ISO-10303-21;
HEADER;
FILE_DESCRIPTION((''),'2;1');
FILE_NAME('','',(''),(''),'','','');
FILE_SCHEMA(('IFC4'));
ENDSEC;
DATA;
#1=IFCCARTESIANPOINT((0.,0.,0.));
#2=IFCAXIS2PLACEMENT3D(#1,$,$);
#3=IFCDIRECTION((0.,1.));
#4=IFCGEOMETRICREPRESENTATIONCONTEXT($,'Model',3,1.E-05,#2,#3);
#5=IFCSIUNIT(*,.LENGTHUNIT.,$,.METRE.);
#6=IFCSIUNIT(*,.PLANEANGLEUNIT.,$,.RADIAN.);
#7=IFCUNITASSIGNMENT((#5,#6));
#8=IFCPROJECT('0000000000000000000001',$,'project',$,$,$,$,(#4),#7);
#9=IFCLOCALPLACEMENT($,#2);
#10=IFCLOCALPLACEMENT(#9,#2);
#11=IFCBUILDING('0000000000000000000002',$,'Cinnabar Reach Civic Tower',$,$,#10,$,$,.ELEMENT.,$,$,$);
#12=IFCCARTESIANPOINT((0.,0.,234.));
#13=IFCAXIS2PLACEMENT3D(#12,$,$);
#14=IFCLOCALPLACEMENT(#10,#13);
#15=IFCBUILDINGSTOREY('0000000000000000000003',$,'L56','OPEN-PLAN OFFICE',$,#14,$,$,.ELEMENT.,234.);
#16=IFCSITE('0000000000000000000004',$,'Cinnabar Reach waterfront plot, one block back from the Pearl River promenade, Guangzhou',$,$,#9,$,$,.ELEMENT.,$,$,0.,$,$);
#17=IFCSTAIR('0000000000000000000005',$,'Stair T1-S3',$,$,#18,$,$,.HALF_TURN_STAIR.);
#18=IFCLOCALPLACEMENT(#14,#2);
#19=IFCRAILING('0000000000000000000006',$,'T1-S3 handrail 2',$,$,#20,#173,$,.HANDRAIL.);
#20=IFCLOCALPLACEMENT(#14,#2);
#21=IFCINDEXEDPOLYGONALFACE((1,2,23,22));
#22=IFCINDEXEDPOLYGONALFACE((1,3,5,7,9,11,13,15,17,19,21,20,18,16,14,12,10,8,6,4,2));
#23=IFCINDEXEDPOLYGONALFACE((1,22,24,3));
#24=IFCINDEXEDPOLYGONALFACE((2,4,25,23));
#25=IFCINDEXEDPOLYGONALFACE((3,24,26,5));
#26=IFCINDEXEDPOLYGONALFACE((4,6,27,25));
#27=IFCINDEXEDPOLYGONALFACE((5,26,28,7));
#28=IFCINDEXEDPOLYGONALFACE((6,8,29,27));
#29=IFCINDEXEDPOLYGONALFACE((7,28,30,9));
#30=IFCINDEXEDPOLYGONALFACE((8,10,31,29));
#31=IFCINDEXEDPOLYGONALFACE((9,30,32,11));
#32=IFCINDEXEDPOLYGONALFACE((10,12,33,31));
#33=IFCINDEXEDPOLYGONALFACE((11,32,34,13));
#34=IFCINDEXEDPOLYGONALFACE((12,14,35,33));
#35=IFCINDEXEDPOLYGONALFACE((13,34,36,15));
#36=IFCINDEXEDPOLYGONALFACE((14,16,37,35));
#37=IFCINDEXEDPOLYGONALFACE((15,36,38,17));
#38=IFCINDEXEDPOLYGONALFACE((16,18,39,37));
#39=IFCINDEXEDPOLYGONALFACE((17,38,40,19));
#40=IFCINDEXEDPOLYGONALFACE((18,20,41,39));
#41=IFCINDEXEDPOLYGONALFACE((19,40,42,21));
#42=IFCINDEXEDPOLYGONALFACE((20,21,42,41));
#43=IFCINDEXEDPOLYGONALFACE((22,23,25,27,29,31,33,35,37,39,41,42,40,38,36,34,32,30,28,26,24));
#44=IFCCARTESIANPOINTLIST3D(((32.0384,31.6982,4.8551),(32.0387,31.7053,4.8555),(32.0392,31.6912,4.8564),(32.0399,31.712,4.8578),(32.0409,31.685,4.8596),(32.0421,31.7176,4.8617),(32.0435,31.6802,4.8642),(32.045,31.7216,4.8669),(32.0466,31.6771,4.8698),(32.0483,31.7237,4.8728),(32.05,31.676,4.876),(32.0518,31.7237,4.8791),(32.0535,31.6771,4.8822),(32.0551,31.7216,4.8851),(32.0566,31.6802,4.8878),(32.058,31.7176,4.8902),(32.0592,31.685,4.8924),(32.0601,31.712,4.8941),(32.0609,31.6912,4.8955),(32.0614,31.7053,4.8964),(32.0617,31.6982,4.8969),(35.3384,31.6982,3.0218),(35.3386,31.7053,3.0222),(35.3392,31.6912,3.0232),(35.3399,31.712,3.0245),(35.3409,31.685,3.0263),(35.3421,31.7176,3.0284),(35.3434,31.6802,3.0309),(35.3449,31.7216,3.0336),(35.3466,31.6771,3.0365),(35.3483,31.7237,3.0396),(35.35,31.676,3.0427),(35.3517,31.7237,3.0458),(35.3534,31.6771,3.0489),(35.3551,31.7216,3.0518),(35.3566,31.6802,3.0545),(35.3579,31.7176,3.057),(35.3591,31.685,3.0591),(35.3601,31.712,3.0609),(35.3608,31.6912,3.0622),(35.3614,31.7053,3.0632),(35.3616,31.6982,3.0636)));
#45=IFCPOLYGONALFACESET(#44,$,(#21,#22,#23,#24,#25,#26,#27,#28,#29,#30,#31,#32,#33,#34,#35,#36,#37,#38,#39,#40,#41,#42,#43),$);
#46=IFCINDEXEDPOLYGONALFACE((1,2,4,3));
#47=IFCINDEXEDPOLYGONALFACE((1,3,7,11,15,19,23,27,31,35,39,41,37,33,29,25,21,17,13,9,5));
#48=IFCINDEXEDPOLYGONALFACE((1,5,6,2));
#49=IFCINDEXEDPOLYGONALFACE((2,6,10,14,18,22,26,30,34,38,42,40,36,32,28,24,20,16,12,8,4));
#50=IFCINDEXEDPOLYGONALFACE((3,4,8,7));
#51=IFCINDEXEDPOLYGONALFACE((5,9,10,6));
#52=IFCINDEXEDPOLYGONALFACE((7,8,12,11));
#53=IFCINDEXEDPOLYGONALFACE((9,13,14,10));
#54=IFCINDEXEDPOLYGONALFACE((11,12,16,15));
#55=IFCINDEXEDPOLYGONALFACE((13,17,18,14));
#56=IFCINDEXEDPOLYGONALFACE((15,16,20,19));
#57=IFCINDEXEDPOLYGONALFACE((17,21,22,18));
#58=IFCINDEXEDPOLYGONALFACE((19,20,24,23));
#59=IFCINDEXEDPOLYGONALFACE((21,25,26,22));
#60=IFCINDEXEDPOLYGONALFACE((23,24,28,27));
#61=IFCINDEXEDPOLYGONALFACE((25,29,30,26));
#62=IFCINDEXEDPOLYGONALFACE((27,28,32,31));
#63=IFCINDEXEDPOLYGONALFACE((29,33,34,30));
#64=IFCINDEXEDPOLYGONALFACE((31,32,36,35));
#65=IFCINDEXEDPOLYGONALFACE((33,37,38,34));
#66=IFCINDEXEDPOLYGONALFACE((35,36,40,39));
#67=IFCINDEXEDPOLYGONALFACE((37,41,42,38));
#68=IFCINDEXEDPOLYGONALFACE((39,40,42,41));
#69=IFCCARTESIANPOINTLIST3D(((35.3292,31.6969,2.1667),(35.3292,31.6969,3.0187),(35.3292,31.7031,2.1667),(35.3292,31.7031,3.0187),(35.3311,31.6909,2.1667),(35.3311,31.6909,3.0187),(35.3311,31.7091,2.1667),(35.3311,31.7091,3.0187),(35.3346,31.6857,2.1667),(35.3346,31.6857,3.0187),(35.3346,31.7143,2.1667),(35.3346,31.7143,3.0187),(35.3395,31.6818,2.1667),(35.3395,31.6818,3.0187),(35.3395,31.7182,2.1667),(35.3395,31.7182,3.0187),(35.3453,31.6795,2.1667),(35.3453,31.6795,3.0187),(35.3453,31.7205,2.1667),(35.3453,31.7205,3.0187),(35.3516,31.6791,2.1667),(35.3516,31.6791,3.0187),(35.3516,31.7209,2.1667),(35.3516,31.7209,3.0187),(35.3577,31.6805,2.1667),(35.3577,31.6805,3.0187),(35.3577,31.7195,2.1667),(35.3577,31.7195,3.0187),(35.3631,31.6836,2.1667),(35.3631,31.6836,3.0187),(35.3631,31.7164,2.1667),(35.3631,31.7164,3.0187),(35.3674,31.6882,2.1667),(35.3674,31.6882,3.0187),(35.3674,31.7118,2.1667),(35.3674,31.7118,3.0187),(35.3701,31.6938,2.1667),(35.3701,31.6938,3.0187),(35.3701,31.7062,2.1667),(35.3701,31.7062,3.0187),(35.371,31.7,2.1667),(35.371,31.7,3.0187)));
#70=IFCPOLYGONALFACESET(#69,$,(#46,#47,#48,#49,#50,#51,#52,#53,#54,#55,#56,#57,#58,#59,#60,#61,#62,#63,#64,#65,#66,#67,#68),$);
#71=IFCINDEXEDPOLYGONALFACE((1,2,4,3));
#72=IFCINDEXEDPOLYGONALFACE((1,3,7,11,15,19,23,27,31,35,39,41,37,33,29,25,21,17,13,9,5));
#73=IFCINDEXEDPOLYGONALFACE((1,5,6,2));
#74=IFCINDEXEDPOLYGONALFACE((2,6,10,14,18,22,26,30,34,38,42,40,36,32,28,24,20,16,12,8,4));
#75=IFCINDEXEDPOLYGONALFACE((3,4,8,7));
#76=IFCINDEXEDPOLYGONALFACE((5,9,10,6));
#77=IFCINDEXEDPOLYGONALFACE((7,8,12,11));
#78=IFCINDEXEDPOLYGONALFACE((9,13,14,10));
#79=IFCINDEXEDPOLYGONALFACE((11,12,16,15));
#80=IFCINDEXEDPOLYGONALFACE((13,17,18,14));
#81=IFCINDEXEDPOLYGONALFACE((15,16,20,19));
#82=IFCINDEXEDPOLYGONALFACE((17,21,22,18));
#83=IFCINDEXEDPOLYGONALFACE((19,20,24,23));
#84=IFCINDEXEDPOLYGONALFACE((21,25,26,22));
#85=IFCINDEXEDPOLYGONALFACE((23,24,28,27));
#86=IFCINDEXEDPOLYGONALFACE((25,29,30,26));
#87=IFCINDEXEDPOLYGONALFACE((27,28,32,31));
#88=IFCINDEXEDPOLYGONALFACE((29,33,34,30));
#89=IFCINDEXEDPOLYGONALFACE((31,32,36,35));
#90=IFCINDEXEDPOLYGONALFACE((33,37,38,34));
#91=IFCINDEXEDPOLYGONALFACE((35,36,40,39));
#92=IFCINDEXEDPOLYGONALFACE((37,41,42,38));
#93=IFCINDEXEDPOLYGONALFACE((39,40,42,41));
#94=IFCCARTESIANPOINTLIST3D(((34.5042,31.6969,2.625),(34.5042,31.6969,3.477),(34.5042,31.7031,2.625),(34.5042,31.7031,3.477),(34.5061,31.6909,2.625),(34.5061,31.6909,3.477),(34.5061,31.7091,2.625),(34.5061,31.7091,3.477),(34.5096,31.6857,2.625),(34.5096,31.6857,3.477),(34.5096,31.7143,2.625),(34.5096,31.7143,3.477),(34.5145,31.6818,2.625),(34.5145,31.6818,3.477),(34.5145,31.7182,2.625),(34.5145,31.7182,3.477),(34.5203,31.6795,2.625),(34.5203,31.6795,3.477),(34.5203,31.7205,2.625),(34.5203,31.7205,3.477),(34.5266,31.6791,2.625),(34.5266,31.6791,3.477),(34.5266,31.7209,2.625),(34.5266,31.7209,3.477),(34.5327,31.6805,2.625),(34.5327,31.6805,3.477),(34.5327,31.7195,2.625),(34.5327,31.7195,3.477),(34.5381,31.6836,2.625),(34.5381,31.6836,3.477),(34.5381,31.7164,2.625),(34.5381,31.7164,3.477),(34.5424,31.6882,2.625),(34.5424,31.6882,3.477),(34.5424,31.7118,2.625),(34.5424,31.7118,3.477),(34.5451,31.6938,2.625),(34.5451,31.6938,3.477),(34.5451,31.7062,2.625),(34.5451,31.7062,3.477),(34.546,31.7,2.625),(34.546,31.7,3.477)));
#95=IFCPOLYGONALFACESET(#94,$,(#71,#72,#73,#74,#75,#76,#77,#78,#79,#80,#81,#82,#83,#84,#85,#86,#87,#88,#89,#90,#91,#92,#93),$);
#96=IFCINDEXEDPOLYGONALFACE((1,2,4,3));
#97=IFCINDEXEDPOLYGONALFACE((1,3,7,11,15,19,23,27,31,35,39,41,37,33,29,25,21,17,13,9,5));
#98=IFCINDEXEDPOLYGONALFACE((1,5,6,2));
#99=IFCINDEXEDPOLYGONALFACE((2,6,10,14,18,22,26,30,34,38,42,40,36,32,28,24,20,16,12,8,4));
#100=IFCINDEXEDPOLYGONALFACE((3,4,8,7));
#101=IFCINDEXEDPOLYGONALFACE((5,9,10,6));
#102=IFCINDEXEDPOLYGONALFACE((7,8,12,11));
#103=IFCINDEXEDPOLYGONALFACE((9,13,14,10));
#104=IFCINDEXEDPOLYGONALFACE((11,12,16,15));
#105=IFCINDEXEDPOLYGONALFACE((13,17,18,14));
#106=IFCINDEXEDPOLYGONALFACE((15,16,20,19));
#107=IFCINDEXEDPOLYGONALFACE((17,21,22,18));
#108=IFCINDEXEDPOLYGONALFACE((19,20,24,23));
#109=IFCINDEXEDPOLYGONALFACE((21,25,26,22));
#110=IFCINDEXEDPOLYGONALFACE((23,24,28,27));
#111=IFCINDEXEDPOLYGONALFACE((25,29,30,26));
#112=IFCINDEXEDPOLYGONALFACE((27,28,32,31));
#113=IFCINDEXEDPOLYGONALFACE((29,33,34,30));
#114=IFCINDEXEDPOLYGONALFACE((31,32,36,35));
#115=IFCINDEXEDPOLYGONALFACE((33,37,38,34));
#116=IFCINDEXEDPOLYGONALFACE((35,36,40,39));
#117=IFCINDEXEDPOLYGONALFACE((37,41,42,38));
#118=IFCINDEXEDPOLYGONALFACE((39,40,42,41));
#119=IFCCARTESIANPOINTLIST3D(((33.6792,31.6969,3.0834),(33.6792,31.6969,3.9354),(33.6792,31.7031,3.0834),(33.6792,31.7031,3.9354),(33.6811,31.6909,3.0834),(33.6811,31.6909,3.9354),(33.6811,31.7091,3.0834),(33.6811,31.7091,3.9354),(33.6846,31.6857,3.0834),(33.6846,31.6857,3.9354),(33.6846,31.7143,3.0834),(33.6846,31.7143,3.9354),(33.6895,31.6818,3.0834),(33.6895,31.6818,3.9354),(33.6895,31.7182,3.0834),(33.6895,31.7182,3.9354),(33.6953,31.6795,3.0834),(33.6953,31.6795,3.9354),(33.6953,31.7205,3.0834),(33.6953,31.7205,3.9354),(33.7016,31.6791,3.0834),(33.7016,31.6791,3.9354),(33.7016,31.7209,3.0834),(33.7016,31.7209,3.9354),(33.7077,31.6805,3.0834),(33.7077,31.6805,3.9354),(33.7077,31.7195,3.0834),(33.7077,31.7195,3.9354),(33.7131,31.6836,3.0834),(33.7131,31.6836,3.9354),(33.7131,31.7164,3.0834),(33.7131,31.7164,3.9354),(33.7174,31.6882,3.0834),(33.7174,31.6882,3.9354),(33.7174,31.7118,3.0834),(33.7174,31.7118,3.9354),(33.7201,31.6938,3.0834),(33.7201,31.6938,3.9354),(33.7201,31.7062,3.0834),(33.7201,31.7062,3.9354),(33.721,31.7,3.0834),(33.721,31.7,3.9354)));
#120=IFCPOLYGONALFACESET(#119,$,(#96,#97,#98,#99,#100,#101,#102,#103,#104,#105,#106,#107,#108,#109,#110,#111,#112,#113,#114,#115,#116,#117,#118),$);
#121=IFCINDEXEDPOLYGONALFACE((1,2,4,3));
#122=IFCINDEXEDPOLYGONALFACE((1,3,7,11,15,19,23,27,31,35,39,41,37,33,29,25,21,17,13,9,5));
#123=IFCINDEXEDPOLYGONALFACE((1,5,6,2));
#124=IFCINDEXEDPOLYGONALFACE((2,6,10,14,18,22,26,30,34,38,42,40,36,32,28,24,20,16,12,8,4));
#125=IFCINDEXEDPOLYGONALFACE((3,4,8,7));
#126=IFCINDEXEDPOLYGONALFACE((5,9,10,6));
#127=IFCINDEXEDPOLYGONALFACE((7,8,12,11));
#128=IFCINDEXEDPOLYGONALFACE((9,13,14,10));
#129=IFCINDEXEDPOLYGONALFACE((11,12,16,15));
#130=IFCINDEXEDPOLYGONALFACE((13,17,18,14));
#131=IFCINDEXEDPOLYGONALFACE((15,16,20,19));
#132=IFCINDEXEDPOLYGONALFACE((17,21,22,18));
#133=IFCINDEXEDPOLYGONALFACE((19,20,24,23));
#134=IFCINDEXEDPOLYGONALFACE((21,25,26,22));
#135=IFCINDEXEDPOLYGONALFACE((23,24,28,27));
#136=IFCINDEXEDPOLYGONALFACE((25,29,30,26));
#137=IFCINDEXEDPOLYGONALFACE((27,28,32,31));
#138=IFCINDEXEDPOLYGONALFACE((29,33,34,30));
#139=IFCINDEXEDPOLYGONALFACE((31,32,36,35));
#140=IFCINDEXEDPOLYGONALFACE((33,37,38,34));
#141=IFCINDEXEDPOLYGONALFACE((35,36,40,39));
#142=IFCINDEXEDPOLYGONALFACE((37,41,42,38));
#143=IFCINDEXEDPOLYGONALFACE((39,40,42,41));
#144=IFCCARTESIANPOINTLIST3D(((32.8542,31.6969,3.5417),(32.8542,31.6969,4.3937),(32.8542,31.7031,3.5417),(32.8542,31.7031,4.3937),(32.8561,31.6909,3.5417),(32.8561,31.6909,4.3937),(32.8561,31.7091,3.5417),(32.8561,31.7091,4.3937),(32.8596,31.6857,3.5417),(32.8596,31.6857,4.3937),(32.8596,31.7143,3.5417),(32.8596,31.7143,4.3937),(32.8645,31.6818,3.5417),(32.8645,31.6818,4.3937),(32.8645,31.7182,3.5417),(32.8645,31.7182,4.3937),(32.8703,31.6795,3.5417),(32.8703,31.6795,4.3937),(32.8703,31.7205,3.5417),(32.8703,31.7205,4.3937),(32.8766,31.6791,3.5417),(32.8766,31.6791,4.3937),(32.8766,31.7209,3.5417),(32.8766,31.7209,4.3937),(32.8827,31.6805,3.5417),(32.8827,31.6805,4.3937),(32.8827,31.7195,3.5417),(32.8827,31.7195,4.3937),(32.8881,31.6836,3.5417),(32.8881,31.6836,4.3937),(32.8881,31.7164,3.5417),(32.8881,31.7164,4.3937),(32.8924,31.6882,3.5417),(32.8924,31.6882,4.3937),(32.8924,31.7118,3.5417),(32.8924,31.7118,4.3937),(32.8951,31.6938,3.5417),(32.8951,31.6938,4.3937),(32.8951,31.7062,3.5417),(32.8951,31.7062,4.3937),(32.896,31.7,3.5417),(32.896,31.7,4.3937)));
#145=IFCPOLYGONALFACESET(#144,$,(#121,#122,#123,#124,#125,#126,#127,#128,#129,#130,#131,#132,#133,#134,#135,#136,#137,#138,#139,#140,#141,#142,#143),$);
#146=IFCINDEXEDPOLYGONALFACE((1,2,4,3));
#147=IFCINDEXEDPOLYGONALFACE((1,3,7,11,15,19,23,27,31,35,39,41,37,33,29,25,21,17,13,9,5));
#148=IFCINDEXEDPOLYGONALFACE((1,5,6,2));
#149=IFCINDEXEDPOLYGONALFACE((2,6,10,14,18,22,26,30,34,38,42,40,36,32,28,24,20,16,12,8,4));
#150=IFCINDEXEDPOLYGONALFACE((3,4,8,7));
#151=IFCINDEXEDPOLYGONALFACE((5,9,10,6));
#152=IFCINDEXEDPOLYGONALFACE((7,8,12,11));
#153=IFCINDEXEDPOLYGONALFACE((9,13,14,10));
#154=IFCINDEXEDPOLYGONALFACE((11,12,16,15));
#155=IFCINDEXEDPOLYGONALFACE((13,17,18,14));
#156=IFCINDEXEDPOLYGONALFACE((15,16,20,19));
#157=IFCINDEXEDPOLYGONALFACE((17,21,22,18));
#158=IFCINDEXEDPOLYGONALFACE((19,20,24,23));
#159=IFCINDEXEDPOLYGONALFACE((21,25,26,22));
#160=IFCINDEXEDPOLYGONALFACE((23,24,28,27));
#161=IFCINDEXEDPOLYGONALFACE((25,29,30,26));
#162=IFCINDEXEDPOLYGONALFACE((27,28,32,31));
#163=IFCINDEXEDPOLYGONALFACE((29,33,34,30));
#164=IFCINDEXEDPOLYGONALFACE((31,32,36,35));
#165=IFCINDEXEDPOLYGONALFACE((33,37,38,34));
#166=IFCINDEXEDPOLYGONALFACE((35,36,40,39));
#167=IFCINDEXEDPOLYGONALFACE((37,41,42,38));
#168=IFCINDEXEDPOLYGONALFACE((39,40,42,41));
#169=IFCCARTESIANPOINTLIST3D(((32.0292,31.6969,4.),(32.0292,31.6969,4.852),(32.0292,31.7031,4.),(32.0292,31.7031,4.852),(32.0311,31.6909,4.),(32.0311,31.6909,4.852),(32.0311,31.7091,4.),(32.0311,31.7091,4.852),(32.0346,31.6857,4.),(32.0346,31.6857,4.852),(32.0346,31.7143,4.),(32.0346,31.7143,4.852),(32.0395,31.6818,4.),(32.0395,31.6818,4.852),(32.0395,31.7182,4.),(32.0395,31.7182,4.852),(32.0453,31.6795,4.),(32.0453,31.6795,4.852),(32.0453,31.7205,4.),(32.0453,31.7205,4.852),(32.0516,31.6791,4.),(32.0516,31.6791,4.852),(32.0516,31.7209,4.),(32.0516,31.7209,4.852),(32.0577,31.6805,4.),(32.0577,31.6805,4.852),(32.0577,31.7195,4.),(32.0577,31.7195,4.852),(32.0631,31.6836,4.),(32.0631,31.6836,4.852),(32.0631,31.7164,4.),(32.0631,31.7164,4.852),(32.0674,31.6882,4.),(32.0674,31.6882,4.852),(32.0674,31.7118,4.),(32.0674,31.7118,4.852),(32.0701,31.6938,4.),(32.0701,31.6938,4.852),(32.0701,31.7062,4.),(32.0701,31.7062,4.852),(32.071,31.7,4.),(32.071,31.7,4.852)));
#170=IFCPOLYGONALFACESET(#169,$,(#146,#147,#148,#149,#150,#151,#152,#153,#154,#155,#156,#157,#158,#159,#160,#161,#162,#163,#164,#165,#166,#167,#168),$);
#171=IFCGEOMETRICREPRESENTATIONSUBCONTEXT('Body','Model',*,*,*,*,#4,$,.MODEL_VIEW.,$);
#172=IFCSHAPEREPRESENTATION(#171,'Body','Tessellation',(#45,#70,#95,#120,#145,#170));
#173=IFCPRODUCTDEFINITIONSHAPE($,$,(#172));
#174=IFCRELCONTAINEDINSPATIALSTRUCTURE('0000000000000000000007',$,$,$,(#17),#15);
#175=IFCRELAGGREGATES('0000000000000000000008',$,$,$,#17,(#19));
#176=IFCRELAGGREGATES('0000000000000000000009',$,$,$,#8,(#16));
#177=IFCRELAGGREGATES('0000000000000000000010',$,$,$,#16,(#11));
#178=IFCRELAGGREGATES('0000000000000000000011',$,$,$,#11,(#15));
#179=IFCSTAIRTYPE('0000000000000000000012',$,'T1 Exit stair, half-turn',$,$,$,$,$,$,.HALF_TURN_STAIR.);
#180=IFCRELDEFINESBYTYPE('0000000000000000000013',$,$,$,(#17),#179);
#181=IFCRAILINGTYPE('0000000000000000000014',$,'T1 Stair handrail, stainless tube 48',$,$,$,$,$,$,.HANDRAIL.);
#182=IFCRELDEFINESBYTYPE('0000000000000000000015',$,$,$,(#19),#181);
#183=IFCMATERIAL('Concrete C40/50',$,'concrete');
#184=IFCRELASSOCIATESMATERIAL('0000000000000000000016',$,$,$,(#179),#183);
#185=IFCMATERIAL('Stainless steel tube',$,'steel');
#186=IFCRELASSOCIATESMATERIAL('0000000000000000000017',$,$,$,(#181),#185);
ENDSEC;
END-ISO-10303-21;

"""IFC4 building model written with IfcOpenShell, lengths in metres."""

from ifc_helpers import new_model, si_unit, direction, frame, origin, origin_2d, place, context, subcontext, project, spatial, circle, extrude, material, type_object, element, aggregate, save


model = new_model("IFC4")

# Units and contexts
model_context = context("Model", 3, precision=1e-05, world=origin(), true_north=direction((0.0, 1.0)))
body_context = subcontext(model_context, "Body", "Model", "MODEL_VIEW")
ifc_project = project(units=[si_unit("LENGTHUNIT", "METRE"), si_unit("PLANEANGLEUNIT", "RADIAN")], contexts=[model_context])

# Site, building, storey
site_placement = place(None, origin())
site = spatial("IfcSite", under=ifc_project, at=site_placement, Name="Cinnabar Reach waterfront plot, one block back from the Pearl River promenade, Guangzhou", CompositionType="ELEMENT", RefElevation=0.0)
building_placement = place(site_placement, origin())
building = spatial("IfcBuilding", under=site, at=building_placement, Name="Cinnabar Reach Civic Tower", CompositionType="ELEMENT")
storey_placement = place(building_placement, frame((0.0, 0.0, 234.0)))
storey = spatial("IfcBuildingStorey", under=building, at=storey_placement, Name="L56", Description="OPEN-PLAN OFFICE", CompositionType="ELEMENT", Elevation=234.0)

# Stair, railing
ifc_material_1 = material(Name="Concrete C40/50", Category="concrete")
stair_type = type_object("IfcStairType", Name="T1 Exit stair, half-turn", PredefinedType="HALF_TURN_STAIR", material=ifc_material_1)
stair_placement = place(storey_placement, origin())
stair = element("IfcStair", 1, at=stair_placement, inside=storey, type_object=stair_type, Name="Stair T1-S3", PredefinedType="HALF_TURN_STAIR")
ifc_material_2 = material(Name="Stainless steel tube", Category="steel")
railing_type = type_object("IfcRailingType", Name="T1 Stair handrail, stainless tube 48", PredefinedType="HANDRAIL", material=ifc_material_2)
railing_1_placement = place(storey_placement, frame((35.35, 31.7, 2.1667)))
railing_1 = element("IfcRailing", 2, at=railing_1_placement, type_object=railing_type, Name="T1-S3 handrail 2", PredefinedType="HANDRAIL", context=body_context, shape_type="SweptSolid", body=[
    extrude(circle(Radius=0.024, at=origin_2d()), frame((0.0, 0.0, 0.876), z_axis=(-0.874161, 0.0, 0.485636), x_axis=(0.0, -1.0, 0.0)), (0.0, 0.0, 1.0), 3.775),
    extrude(circle(Radius=0.021, at=origin_2d()), origin(), (0.0, 0.0, 1.0), 0.852),
    extrude(circle(Radius=0.021, at=origin_2d()), frame((-0.825, 0.0, 0.4583)), (0.0, 0.0, 1.0), 0.852),
    extrude(circle(Radius=0.021, at=origin_2d()), frame((-1.65, 0.0, 0.9167)), (0.0, 0.0, 1.0), 0.852),
    extrude(circle(Radius=0.021, at=origin_2d()), frame((-2.475, 0.0, 1.375)), (0.0, 0.0, 1.0), 0.852),
    extrude(circle(Radius=0.021, at=origin_2d()), frame((-3.3, 0.0, 1.8333)), (0.0, 0.0, 1.0), 0.852),
])
aggregate(stair, [railing_1])

save(model, "model.ifc")
